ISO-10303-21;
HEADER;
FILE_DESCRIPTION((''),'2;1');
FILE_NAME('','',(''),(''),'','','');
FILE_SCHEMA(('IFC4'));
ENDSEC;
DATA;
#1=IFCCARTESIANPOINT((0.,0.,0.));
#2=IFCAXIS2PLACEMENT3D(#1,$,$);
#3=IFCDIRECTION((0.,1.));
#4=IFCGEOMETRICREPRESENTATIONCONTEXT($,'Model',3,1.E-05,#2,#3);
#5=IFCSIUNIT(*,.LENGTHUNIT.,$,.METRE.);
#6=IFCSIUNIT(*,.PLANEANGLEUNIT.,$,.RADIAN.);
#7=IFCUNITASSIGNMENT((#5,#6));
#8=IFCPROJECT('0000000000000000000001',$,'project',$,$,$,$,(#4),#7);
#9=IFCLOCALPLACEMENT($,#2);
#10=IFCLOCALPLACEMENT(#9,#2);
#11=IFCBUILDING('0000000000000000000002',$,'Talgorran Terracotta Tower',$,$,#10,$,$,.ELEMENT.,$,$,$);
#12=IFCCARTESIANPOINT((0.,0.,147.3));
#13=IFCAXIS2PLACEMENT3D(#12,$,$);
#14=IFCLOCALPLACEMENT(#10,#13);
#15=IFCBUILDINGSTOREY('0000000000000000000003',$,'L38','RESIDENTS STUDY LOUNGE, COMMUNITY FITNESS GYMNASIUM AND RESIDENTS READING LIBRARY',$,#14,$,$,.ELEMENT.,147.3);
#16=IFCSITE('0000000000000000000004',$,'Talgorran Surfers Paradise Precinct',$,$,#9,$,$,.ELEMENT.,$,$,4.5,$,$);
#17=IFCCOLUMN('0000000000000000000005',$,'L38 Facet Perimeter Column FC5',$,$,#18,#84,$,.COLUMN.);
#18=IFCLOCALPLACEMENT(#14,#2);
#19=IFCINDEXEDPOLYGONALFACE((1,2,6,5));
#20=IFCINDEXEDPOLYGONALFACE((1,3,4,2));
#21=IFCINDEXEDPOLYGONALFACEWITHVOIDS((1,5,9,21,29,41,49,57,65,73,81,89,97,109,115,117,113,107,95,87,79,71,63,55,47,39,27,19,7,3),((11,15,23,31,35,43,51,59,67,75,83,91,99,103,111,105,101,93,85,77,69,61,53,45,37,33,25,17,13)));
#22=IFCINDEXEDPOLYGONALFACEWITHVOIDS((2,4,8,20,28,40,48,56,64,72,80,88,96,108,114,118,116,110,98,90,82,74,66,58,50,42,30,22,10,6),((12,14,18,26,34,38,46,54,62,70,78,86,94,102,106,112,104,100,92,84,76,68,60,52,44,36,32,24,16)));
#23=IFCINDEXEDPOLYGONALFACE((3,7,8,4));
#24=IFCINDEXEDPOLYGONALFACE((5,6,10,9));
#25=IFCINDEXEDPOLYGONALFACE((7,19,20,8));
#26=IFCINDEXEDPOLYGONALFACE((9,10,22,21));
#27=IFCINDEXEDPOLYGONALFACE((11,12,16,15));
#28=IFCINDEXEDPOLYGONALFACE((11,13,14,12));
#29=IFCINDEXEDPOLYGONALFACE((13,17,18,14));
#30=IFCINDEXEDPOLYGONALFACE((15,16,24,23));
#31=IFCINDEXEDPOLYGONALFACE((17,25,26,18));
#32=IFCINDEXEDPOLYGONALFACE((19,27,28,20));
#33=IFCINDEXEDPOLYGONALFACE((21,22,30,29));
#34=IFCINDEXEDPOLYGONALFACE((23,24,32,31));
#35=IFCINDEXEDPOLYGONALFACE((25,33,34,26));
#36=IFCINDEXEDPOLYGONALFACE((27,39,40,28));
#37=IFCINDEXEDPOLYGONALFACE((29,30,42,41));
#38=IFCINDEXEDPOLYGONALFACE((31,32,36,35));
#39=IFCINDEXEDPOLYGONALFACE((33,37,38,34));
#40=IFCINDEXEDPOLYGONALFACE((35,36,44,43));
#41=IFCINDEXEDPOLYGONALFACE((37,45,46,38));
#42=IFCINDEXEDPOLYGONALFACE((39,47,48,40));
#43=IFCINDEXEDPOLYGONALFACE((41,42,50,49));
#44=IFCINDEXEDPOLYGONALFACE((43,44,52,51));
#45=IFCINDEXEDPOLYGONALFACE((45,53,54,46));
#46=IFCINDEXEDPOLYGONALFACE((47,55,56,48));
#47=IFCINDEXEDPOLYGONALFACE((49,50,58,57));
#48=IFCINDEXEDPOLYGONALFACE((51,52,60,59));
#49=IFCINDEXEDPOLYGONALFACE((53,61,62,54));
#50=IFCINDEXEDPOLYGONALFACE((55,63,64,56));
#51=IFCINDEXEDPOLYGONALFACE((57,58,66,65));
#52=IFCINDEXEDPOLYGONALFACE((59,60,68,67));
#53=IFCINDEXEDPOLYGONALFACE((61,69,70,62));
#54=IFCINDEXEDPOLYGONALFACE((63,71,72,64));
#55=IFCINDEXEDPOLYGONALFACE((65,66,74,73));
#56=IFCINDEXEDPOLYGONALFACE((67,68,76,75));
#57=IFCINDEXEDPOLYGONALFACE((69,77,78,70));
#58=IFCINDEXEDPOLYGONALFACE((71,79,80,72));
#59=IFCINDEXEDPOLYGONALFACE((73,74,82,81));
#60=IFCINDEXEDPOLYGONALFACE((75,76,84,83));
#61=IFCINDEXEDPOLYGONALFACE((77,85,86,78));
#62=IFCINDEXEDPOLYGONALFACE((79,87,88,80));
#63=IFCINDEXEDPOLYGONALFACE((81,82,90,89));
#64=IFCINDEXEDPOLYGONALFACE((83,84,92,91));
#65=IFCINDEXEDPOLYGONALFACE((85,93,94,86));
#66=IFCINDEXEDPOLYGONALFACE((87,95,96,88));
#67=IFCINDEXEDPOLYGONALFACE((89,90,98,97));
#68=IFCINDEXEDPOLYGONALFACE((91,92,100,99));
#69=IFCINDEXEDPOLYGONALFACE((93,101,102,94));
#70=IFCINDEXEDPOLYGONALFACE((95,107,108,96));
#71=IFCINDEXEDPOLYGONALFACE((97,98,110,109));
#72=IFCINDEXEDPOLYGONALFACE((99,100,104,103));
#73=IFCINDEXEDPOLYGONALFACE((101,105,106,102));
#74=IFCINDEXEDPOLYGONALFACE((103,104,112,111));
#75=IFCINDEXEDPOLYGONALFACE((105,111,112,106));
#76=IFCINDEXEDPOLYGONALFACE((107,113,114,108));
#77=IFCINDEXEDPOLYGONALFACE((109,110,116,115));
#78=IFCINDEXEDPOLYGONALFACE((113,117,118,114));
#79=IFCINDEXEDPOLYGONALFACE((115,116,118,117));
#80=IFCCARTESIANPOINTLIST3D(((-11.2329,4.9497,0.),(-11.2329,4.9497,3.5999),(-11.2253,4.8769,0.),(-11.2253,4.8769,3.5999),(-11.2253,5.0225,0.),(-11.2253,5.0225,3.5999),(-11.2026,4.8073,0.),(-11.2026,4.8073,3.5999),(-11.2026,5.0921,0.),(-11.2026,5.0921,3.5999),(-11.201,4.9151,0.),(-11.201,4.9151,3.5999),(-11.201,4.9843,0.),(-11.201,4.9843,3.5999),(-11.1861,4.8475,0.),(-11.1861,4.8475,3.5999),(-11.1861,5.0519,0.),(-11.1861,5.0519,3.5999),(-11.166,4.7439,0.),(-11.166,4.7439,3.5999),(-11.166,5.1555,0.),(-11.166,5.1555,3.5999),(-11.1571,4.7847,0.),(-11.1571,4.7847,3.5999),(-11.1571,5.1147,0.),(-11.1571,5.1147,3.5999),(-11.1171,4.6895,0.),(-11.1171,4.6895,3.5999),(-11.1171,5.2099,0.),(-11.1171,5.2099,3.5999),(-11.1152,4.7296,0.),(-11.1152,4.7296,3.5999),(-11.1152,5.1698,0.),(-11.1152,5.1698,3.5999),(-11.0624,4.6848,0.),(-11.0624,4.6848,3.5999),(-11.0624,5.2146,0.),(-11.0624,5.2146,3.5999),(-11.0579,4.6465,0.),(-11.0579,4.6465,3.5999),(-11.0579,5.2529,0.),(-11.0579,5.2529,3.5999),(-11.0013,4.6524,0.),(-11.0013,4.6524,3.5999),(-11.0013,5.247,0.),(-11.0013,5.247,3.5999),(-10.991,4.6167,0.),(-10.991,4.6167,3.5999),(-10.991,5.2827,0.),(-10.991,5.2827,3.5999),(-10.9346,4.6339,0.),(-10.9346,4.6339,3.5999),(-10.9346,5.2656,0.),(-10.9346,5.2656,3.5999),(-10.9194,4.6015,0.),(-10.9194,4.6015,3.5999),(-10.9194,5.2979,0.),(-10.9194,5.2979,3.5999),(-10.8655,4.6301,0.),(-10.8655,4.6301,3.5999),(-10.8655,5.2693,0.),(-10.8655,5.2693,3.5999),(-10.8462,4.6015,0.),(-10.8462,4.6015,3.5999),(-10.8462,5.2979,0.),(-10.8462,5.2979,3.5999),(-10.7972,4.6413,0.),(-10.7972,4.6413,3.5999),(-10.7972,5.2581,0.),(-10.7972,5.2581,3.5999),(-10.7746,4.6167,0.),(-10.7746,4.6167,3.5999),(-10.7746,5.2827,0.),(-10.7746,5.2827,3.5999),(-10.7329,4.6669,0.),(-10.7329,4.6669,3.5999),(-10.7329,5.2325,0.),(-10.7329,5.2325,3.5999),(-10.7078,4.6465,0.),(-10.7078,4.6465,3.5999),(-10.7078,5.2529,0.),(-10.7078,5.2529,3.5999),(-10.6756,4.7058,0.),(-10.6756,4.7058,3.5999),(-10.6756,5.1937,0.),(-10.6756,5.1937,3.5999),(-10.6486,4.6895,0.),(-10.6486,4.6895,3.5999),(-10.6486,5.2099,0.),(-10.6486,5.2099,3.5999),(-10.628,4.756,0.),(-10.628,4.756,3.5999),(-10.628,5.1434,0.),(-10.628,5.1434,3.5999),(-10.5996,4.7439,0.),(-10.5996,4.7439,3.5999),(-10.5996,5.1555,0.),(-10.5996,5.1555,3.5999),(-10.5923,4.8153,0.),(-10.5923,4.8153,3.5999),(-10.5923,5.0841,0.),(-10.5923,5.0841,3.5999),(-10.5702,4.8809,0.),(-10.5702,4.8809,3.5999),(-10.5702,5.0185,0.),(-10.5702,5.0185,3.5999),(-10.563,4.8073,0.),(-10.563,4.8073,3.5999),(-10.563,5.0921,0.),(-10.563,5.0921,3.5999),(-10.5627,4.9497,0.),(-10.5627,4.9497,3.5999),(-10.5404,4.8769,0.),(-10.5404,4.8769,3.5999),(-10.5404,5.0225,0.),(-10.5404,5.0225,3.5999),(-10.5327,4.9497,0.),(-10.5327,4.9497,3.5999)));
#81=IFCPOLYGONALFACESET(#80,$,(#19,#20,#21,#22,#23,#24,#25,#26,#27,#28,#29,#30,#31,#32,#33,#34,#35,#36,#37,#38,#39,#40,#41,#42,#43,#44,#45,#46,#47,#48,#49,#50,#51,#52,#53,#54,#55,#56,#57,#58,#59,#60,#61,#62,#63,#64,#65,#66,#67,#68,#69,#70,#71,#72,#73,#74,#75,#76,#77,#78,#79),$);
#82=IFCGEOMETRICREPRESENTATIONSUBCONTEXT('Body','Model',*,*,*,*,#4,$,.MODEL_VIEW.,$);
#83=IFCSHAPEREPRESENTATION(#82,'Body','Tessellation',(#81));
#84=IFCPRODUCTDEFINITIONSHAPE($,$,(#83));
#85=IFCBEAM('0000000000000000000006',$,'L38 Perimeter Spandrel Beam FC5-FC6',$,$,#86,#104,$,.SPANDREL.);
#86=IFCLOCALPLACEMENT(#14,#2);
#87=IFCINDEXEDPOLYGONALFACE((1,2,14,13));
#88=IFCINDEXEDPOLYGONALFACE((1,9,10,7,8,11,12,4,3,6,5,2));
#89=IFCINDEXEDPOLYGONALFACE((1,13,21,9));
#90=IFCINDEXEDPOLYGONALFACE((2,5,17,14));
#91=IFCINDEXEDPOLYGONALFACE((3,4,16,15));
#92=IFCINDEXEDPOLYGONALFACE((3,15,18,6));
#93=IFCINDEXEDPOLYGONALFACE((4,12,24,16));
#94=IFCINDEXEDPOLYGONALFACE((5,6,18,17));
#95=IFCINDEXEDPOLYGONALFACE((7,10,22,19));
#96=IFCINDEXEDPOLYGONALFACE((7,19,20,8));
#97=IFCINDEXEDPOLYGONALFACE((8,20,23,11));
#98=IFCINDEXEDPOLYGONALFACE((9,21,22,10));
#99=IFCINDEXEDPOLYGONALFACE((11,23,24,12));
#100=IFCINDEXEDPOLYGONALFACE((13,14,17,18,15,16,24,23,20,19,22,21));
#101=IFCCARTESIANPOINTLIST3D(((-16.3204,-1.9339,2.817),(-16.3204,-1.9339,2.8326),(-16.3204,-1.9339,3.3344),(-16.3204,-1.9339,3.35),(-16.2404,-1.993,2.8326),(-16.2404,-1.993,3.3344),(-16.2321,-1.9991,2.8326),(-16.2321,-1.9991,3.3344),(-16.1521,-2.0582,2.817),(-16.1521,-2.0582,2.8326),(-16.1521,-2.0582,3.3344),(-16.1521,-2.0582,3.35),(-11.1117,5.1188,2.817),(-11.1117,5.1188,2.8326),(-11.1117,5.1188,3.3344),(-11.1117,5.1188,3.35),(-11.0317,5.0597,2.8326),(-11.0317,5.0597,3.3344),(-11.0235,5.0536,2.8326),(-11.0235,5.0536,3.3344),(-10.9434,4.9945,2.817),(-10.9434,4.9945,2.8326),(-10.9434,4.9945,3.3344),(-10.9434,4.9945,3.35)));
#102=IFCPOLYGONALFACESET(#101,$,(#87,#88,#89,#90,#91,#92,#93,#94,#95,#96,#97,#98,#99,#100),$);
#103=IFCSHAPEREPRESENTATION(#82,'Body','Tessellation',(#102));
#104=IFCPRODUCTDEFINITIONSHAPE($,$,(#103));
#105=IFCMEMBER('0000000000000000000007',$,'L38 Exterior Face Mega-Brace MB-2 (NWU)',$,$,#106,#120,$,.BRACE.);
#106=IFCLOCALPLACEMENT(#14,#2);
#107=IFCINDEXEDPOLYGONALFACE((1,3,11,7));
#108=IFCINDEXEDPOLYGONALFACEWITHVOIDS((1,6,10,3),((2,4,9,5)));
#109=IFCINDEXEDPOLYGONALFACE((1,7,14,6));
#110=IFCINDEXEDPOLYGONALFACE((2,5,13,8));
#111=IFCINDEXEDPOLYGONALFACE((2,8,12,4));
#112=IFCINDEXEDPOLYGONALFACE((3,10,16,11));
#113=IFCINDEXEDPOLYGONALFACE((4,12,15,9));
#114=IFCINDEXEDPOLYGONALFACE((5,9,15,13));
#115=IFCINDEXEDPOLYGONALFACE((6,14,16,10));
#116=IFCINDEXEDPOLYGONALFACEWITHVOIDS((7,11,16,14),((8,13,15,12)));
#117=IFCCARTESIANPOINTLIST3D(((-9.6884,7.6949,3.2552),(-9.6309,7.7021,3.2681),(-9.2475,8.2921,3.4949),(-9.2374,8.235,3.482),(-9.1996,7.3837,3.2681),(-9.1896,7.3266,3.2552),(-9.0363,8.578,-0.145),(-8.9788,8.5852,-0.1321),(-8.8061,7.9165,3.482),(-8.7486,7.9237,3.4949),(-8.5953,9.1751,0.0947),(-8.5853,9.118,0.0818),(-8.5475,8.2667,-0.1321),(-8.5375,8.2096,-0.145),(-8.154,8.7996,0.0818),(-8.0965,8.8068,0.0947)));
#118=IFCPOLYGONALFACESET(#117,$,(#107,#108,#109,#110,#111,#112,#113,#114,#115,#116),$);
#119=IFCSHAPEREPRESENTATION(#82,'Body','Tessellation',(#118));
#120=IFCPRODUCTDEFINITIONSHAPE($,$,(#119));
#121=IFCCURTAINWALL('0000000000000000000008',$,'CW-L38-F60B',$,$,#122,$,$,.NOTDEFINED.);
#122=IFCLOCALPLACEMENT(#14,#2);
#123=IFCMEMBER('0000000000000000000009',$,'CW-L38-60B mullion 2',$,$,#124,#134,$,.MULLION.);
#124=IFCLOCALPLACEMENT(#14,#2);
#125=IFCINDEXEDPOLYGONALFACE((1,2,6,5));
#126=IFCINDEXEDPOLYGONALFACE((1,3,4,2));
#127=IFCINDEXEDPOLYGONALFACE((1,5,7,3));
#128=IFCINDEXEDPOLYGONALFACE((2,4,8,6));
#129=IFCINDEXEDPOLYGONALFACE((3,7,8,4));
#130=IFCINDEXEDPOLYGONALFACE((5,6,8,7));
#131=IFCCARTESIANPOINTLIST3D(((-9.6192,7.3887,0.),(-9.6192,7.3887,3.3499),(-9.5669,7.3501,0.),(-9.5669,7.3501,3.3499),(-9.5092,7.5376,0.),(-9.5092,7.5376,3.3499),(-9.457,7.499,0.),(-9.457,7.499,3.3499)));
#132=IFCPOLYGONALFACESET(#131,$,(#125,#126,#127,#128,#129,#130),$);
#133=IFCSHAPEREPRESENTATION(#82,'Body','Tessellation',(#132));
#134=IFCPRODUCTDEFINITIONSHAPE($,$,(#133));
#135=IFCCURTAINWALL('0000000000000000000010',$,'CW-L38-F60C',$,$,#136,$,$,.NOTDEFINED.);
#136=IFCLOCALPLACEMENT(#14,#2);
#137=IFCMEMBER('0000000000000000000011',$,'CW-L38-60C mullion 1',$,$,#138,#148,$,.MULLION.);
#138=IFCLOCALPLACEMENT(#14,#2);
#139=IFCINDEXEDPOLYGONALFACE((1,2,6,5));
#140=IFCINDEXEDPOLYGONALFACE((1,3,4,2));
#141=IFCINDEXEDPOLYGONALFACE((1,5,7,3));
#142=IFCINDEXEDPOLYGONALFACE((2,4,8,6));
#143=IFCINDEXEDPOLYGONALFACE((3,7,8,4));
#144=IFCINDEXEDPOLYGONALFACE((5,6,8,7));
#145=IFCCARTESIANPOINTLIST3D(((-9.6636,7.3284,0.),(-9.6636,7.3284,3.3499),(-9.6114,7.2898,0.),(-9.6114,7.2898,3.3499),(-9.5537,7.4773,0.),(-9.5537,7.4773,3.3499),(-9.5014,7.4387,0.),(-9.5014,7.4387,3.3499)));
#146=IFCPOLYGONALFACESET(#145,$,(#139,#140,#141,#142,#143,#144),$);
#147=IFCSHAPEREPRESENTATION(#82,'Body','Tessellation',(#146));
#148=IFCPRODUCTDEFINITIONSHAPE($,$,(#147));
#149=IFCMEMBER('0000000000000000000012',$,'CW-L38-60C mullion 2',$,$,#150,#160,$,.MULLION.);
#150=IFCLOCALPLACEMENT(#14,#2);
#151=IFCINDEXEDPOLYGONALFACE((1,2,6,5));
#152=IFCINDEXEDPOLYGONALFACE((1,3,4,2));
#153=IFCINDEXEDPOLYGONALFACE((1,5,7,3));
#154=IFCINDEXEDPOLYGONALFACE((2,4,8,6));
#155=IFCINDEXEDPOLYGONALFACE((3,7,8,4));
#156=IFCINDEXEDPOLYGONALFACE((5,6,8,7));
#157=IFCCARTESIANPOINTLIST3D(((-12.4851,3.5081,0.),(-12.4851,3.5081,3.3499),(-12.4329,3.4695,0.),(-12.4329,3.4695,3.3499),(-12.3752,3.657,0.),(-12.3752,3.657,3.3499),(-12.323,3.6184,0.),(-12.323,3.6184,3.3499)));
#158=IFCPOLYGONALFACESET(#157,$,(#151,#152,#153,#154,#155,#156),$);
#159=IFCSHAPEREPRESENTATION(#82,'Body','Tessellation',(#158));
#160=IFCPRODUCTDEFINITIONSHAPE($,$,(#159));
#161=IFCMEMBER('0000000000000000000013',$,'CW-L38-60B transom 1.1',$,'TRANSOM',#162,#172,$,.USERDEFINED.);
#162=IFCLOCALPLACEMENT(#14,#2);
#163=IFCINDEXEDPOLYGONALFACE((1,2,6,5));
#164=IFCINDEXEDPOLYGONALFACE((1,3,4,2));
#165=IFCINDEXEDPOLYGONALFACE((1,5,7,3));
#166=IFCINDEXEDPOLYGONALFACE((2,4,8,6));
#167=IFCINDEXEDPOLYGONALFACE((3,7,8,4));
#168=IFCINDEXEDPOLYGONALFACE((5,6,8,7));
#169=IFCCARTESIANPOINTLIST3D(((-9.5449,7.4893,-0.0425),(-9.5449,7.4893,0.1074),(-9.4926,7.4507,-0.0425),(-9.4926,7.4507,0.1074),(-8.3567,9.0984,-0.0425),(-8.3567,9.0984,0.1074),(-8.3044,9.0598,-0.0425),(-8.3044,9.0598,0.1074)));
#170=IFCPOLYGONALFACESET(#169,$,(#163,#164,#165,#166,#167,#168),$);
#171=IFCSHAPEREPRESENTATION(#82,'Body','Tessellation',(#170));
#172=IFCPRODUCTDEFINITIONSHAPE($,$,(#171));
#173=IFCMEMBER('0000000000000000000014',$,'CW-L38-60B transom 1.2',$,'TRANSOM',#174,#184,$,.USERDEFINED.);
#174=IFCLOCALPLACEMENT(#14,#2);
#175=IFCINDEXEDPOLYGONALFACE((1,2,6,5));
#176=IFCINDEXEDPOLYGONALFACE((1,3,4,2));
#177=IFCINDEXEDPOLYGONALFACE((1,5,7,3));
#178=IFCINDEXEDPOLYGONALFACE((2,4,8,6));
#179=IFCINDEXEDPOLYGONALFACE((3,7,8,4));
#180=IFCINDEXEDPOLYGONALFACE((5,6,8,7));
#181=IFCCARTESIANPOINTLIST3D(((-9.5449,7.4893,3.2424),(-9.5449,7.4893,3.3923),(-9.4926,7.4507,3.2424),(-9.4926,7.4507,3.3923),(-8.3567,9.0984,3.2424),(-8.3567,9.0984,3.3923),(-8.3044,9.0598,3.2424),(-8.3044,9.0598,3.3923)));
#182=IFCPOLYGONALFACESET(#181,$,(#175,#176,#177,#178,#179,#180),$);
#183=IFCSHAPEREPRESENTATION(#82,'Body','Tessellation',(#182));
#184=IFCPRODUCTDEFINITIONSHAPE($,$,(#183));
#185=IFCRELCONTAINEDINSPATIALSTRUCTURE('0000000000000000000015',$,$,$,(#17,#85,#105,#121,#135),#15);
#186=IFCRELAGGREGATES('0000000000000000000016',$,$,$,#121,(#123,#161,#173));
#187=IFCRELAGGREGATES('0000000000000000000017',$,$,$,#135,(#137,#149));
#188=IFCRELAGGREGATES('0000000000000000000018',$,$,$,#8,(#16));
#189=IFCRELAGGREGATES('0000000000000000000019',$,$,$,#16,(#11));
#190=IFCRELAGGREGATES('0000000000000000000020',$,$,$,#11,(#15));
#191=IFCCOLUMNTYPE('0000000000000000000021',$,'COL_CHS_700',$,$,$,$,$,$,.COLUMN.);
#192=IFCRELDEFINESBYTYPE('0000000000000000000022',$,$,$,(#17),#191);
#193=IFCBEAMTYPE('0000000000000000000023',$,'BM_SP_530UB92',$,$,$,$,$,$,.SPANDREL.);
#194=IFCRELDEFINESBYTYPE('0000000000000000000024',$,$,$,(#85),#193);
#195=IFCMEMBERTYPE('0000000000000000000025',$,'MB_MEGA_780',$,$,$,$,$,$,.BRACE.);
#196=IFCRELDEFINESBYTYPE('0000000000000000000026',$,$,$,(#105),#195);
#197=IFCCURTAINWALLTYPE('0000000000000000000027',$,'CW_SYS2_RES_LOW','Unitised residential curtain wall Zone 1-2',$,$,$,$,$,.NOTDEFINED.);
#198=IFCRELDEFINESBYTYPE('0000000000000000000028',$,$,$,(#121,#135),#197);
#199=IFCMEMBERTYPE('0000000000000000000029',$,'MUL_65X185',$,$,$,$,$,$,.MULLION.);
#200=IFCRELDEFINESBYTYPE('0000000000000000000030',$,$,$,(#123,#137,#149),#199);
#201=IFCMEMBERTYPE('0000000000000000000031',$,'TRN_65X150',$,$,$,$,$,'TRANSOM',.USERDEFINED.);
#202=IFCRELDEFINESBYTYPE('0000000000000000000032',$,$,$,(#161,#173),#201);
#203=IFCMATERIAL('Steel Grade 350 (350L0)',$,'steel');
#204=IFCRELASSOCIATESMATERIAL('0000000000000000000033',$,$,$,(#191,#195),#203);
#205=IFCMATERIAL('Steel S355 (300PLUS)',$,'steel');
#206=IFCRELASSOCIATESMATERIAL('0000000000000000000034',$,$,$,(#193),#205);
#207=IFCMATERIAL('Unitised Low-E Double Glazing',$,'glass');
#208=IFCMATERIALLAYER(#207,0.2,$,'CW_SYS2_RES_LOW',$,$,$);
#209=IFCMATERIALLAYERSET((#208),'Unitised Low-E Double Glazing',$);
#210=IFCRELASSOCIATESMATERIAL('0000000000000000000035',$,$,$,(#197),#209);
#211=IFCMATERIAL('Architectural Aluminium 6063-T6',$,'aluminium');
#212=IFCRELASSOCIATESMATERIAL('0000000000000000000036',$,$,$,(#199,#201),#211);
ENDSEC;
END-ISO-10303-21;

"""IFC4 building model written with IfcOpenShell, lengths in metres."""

from ifc_helpers import new_model, si_unit, direction, frame, origin, origin_2d, place, context, subcontext, project, spatial, rectangle, hollow_rectangle, hollow_circle, i_section, extrude, material, layer, layer_set, material_profile, profile_set, type_object, element, aggregate, save


model = new_model("IFC4")

# Units and contexts
model_context = context("Model", 3, precision=1e-05, world=origin(), true_north=direction((0.0, 1.0)))
body_context = subcontext(model_context, "Body", "Model", "MODEL_VIEW")
ifc_project = project(units=[si_unit("LENGTHUNIT", "METRE"), si_unit("PLANEANGLEUNIT", "RADIAN")], contexts=[model_context])

# Site, building, storey
site_placement = place(None, origin())
site = spatial("IfcSite", under=ifc_project, at=site_placement, Name="Talgorran Surfers Paradise Precinct", CompositionType="ELEMENT", RefElevation=4.5)
building_placement = place(site_placement, origin())
building = spatial("IfcBuilding", under=site, at=building_placement, Name="Talgorran Terracotta Tower", CompositionType="ELEMENT")
storey_placement = place(building_placement, frame((0.0, 0.0, 147.3)))
storey = spatial("IfcBuildingStorey", under=building, at=storey_placement, Name="L38", Description="RESIDENTS STUDY LOUNGE, COMMUNITY FITNESS GYMNASIUM AND RESIDENTS READING LIBRARY", CompositionType="ELEMENT", Elevation=147.3)

# Column
ifc_material_1 = material(Name="Steel Grade 350 (350L0)", Category="steel")
ifc_material_profile_1 = material_profile(ifc_material_1, hollow_circle(Radius=0.3501, WallThickness=0.03, at=origin_2d()), Name="CHS700X30")
ifc_profile_set_1 = profile_set([ifc_material_profile_1], Name="Steel Grade 350 (350L0)")
column_type = type_object("IfcColumnType", Name="COL_CHS_700", PredefinedType="COLUMN", material=ifc_profile_set_1)
column_placement = place(storey_placement, frame((-10.8828, 4.9497, 0.0), z_axis=(0.0, 0.0, 1.0), x_axis=(1.0, 0.0, 0.0)))
element("IfcColumn", 1, at=column_placement, inside=storey, type_object=column_type, Name="L38 Facet Perimeter Column FC5", PredefinedType="COLUMN", context=body_context, shape_type="SweptSolid", body=[
    extrude(hollow_circle(Radius=0.3501, WallThickness=0.03, at=origin_2d()), origin(), (0.0, 0.0, 1.0), 3.5999),
])

# Beam
ifc_material_2 = material(Name="Steel S355 (300PLUS)", Category="steel")
ifc_material_profile_2 = material_profile(ifc_material_2, i_section(OverallWidth=0.2092, OverallDepth=0.533, WebThickness=0.0103, FlangeThickness=0.0156, at=origin_2d()), Name="530UB92.4")
ifc_profile_set_2 = profile_set([ifc_material_profile_2], Name="Steel S355 (300PLUS)")
beam_type = type_object("IfcBeamType", Name="BM_SP_530UB92", PredefinedType="SPANDREL", material=ifc_profile_set_2)
beam_placement = place(storey_placement, frame((-11.0276, 5.0566, 3.0835), z_axis=(-0.594085, -0.804402, 0.0), x_axis=(0.804402, -0.594085, 0.0)))
element("IfcBeam", 2, at=beam_placement, inside=storey, type_object=beam_type, Name="L38 Perimeter Spandrel Beam FC5-FC6", PredefinedType="SPANDREL", context=body_context, shape_type="SweptSolid", body=[
    extrude(i_section(OverallWidth=0.2092, OverallDepth=0.533, WebThickness=0.0103, FlangeThickness=0.0156, at=origin_2d()), origin(), (0.0, 0.0, 1.0), 8.7676),
])

# Member
ifc_material_profile_3 = material_profile(ifc_material_1, hollow_rectangle(XDim=0.6201, YDim=0.78, WallThickness=0.042, at=origin_2d()), Name="WBOX780X620X42")
ifc_profile_set_3 = profile_set([ifc_material_profile_3], Name="Steel Grade 350 (350L0)")
member_type_1 = type_object("IfcMemberType", Name="MB_MEGA_780", PredefinedType="BRACE", material=ifc_profile_set_3)
member_1_placement = place(storey_placement, frame((-8.5664, 8.6924, -0.0251), z_axis=(-0.18251, -0.24715, 0.951634), x_axis=(0.804435, -0.594041, 0.0)))
element("IfcMember", 3, at=member_1_placement, inside=storey, type_object=member_type_1, Name="L38 Exterior Face Mega-Brace MB-2 (NWU)", PredefinedType="BRACE", context=body_context, shape_type="SweptSolid", body=[
    extrude(hollow_rectangle(XDim=0.6201, YDim=0.78, WallThickness=0.042, at=origin_2d()), origin(), (0.0, 0.0, 1.0), 3.573),
])

# Curtain wall, member
ifc_material_3 = material(Name="Unitised Low-E Double Glazing", Category="glass")
ifc_layer_1 = layer(ifc_material_3, 0.2, Name="CW_SYS2_RES_LOW")
ifc_layer_set_1 = layer_set([ifc_layer_1], Name="Unitised Low-E Double Glazing")
curtain_wall_type = type_object("IfcCurtainWallType", Name="CW_SYS2_RES_LOW", Description="Unitised residential curtain wall Zone 1-2", PredefinedType="NOTDEFINED", material=ifc_layer_set_1)
curtain_wall_1_placement = place(storey_placement, origin())
curtain_wall_1 = element("IfcCurtainWall", 4, at=curtain_wall_1_placement, inside=storey, type_object=curtain_wall_type, Name="CW-L38-F60B", PredefinedType="NOTDEFINED")
ifc_material_4 = material(Name="Architectural Aluminium 6063-T6", Category="aluminium")
ifc_material_profile_4 = material_profile(ifc_material_4, rectangle(XDim=0.0649, YDim=0.1851, at=origin_2d()), Name="CWM65X185")
ifc_profile_set_4 = profile_set([ifc_material_profile_4], Name="Architectural Aluminium 6063-T6")
member_type_2 = type_object("IfcMemberType", Name="MUL_65X185", PredefinedType="MULLION", material=ifc_profile_set_4)
member_2_placement = place(storey_placement, frame((-9.5381, 7.4438, 0.0), z_axis=(0.0, 0.0, 1.0), x_axis=(0.804439, -0.594035, 0.0)))
member_2 = element("IfcMember", 5, at=member_2_placement, type_object=member_type_2, Name="CW-L38-60B mullion 2", PredefinedType="MULLION", context=body_context, shape_type="SweptSolid", body=[
    extrude(rectangle(XDim=0.0649, YDim=0.1851, at=origin_2d()), origin(), (0.0, 0.0, 1.0), 3.3499),
])

# Curtain wall, members
curtain_wall_2_placement = place(storey_placement, origin())
curtain_wall_2 = element("IfcCurtainWall", 6, at=curtain_wall_2_placement, inside=storey, type_object=curtain_wall_type, Name="CW-L38-F60C", PredefinedType="NOTDEFINED")
member_3_placement = place(storey_placement, frame((-9.5825, 7.3835, 0.0), z_axis=(0.0, 0.0, 1.0), x_axis=(0.804415, -0.594068, 0.0)))
member_3 = element("IfcMember", 7, at=member_3_placement, type_object=member_type_2, Name="CW-L38-60C mullion 1", PredefinedType="MULLION", context=body_context, shape_type="SweptSolid", body=[
    extrude(rectangle(XDim=0.0649, YDim=0.1851, at=origin_2d()), origin(), (0.0, 0.0, 1.0), 3.3499),
])
member_4_placement = place(storey_placement, frame((-12.4041, 3.5632, 0.0), z_axis=(0.0, 0.0, 1.0), x_axis=(0.804415, -0.594068, 0.0)))
member_4 = element("IfcMember", 8, at=member_4_placement, type_object=member_type_2, Name="CW-L38-60C mullion 2", PredefinedType="MULLION", context=body_context, shape_type="SweptSolid", body=[
    extrude(rectangle(XDim=0.0649, YDim=0.1851, at=origin_2d()), origin(), (0.0, 0.0, 1.0), 3.3499),
])

# Members
ifc_material_profile_5 = material_profile(ifc_material_4, rectangle(XDim=0.0649, YDim=0.1499, at=origin_2d()), Name="CWT65X150")
ifc_profile_set_5 = profile_set([ifc_material_profile_5], Name="Architectural Aluminium 6063-T6")
member_type_3 = type_object("IfcMemberType", Name="TRN_65X150", ElementType="TRANSOM", PredefinedType="USERDEFINED", material=ifc_profile_set_5)
member_5_placement = place(storey_placement, frame((-8.3306, 9.0791, 0.0325), z_axis=(-0.594027, -0.804445, 0.0), x_axis=(0.804445, -0.594027, 0.0)))
member_5 = element("IfcMember", 9, at=member_5_placement, type_object=member_type_3, Name="CW-L38-60B transom 1.1", ObjectType="TRANSOM", PredefinedType="USERDEFINED", context=body_context, shape_type="SweptSolid", body=[
    extrude(rectangle(XDim=0.0649, YDim=0.1499, at=origin_2d()), origin(), (0.0, 0.0, 1.0), 2.0002),
])
member_6_placement = place(storey_placement, frame((-8.3306, 9.0791, 3.3174), z_axis=(-0.594027, -0.804445, 0.0), x_axis=(0.804445, -0.594027, 0.0)))
member_6 = element("IfcMember", 10, at=member_6_placement, type_object=member_type_3, Name="CW-L38-60B transom 1.2", ObjectType="TRANSOM", PredefinedType="USERDEFINED", context=body_context, shape_type="SweptSolid", body=[
    extrude(rectangle(XDim=0.0649, YDim=0.1499, at=origin_2d()), origin(), (0.0, 0.0, 1.0), 2.0002),
])

aggregate(curtain_wall_1, [member_2, member_5, member_6])
aggregate(curtain_wall_2, [member_3, member_4])

save(model, "model.ifc")
